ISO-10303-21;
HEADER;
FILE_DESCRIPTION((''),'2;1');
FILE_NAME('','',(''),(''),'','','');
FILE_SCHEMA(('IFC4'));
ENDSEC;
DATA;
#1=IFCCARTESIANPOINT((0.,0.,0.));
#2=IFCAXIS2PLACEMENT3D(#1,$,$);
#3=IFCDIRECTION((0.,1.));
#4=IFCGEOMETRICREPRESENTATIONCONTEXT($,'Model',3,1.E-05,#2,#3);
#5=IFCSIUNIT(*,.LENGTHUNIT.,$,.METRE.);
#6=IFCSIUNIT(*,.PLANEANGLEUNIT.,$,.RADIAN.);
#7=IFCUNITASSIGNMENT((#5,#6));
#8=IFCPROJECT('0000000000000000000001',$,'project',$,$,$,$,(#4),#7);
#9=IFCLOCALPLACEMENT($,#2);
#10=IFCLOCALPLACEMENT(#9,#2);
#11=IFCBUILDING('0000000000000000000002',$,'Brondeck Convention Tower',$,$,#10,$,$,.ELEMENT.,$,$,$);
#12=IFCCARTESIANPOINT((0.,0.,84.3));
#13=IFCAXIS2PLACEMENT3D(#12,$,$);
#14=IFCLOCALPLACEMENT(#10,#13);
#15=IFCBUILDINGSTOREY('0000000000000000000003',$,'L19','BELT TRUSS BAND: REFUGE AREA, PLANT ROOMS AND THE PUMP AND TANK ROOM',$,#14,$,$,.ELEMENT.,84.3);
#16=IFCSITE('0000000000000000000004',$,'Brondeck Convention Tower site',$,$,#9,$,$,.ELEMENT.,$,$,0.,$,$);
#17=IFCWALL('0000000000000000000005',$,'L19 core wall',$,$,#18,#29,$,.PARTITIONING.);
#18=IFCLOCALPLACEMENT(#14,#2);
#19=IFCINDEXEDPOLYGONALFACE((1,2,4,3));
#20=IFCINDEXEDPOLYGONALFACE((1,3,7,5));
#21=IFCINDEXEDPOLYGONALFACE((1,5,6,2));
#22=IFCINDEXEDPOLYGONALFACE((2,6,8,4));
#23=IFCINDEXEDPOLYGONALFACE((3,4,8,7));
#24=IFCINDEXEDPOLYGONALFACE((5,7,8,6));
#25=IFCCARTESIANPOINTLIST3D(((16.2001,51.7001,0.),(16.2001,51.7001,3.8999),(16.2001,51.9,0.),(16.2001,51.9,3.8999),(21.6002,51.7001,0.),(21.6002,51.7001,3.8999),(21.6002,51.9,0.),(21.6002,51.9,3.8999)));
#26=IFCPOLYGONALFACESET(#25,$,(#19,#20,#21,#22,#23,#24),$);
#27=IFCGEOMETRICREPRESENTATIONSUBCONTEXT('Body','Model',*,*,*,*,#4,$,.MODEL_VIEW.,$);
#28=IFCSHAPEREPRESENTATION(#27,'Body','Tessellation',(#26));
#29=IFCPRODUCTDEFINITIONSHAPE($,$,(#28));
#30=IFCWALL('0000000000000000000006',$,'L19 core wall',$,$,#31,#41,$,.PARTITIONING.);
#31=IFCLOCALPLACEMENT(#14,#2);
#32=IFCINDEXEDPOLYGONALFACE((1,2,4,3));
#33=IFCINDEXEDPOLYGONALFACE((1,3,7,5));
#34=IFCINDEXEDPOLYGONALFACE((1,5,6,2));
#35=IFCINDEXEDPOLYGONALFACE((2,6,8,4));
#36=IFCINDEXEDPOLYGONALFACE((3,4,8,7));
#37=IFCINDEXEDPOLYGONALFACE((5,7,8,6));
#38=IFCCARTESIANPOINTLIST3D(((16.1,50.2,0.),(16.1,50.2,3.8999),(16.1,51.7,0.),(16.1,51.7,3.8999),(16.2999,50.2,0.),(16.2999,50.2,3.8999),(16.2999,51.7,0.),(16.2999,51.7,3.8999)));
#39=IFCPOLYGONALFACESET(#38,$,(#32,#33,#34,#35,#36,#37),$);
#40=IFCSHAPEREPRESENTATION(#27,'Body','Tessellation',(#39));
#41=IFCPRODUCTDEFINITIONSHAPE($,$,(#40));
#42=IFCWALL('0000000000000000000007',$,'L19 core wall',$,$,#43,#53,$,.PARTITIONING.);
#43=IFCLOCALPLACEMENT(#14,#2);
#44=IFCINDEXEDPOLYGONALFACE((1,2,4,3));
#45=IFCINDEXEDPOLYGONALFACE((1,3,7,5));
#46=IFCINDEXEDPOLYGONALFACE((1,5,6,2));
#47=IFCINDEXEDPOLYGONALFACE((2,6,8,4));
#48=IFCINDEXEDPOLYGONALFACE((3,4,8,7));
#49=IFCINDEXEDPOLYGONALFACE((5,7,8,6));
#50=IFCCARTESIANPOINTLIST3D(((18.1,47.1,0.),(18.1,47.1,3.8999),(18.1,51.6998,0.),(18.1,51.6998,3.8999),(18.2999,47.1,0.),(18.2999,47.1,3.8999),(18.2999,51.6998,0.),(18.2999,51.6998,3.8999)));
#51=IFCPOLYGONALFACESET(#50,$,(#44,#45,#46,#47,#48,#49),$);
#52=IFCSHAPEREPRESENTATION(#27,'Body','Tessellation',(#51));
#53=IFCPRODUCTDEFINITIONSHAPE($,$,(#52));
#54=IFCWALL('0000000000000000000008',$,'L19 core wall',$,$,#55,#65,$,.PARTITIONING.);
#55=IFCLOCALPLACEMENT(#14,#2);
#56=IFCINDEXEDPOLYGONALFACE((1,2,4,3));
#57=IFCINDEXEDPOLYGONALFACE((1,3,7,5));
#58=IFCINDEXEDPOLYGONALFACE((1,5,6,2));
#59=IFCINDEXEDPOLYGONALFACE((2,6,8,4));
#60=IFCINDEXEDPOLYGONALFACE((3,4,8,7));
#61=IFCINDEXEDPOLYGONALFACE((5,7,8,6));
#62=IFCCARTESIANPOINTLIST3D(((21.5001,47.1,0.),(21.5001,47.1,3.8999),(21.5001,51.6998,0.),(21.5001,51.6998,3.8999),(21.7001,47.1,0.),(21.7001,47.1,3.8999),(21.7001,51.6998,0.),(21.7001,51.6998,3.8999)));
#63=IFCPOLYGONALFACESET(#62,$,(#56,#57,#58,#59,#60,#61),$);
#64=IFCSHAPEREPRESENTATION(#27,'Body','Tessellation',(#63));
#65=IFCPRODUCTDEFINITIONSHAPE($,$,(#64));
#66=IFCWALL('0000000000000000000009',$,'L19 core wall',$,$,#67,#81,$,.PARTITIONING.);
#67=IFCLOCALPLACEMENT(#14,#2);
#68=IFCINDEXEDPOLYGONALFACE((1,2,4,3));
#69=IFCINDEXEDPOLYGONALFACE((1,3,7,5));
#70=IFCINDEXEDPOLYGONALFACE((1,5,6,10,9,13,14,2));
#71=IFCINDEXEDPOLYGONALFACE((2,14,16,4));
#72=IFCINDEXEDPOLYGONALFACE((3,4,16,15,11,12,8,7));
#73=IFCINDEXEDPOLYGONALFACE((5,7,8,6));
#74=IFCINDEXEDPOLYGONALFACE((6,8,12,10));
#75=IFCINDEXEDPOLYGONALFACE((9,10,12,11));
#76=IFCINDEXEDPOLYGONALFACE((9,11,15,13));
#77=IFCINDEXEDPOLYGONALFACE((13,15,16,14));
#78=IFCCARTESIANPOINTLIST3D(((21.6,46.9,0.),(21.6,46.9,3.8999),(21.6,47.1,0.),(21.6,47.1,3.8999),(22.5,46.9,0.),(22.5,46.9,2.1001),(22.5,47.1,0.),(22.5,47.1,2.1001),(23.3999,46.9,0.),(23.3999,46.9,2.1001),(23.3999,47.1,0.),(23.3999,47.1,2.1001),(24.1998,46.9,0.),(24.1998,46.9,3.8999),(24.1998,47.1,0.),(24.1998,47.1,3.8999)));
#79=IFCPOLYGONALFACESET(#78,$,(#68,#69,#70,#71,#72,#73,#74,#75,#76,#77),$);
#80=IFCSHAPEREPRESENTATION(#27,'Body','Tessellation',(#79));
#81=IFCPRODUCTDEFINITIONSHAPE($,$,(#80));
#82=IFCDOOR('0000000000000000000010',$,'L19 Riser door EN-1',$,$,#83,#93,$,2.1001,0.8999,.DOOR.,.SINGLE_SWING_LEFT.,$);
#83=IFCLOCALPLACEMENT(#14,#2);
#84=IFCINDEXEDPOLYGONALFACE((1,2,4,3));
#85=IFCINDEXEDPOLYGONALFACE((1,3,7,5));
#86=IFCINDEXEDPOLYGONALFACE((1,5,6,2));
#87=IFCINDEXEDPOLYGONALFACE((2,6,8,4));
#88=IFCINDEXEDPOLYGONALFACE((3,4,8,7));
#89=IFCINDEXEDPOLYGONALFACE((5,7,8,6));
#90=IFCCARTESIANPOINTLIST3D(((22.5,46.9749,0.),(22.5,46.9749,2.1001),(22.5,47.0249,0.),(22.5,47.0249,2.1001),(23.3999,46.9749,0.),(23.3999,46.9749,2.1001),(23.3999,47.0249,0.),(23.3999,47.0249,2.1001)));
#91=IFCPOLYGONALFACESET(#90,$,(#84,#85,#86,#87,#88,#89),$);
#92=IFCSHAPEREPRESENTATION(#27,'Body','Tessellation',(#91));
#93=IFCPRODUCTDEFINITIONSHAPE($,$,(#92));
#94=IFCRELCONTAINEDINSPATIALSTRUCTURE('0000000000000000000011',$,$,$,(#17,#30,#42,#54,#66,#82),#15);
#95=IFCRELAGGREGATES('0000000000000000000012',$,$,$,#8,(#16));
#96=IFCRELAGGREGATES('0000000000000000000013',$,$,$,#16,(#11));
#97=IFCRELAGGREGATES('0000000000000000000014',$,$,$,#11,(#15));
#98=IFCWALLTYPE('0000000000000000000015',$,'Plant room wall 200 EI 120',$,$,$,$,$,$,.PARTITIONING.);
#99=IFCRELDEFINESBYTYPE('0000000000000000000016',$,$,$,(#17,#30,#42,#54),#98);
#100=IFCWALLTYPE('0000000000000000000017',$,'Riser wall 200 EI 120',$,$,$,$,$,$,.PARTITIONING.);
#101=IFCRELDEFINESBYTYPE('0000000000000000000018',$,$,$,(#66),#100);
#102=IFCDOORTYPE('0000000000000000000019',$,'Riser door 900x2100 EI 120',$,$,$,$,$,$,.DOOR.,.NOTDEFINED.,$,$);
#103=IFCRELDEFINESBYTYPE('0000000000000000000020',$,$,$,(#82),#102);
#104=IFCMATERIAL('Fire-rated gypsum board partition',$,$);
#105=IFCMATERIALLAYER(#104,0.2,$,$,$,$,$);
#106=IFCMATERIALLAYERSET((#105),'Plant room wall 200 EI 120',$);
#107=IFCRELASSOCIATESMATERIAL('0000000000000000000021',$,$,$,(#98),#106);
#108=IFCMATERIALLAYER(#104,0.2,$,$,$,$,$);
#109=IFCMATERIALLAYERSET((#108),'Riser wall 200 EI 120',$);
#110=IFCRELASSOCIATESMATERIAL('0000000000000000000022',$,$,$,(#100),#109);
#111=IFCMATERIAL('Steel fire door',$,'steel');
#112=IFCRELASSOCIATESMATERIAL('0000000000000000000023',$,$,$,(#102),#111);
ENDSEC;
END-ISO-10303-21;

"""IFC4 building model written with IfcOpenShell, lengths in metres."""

from ifc_helpers import new_model, si_unit, direction, frame, frame_2d, origin, place, context, subcontext, project, spatial, rectangle, extrude, material, layer, layer_set, type_object, element, fill, save


model = new_model("IFC4")

# Units and contexts
model_context = context("Model", 3, precision=1e-05, world=origin(), true_north=direction((0.0, 1.0)))
body_context = subcontext(model_context, "Body", "Model", "MODEL_VIEW")
ifc_project = project(units=[si_unit("LENGTHUNIT", "METRE"), si_unit("PLANEANGLEUNIT", "RADIAN")], contexts=[model_context])

# Site, building, storey
site_placement = place(None, origin())
site = spatial("IfcSite", under=ifc_project, at=site_placement, Name="Brondeck Convention Tower site", CompositionType="ELEMENT", RefElevation=0.0)
building_placement = place(site_placement, origin())
building = spatial("IfcBuilding", under=site, at=building_placement, Name="Brondeck Convention Tower", CompositionType="ELEMENT")
storey_placement = place(building_placement, frame((0.0, 0.0, 84.3)))
storey = spatial("IfcBuildingStorey", under=building, at=storey_placement, Name="L19", Description="BELT TRUSS BAND: REFUGE AREA, PLANT ROOMS AND THE PUMP AND TANK ROOM", CompositionType="ELEMENT", Elevation=84.3)

# Shared definitions
ifc_material_1 = material(Name="Fire-rated gypsum board partition")
ifc_layer_1 = layer(ifc_material_1, 0.2)
ifc_layer_set_1 = layer_set([ifc_layer_1], Name="Plant room wall 200 EI 120")
wall_type_1 = type_object("IfcWallType", Name="Plant room wall 200 EI 120", PredefinedType="PARTITIONING", material=ifc_layer_set_1)
ifc_material_2 = material(Name="Steel fire door", Category="steel")

# Walls
wall_1_placement = place(storey_placement, frame((16.2, 51.8, 0.0), z_axis=(0.0, 0.0, 1.0), x_axis=(1.0, 0.0, 0.0)))
element("IfcWall", 1, at=wall_1_placement, inside=storey, type_object=wall_type_1, Name="L19 core wall", PredefinedType="PARTITIONING", context=body_context, shape_type="SweptSolid", body=[
    extrude(rectangle(XDim=5.4001, YDim=0.2, at=frame_2d((2.7002, 0.0))), origin(), (0.0, 0.0, 1.0), 3.8999),
])
wall_2_placement = place(storey_placement, frame((16.2, 50.2, 0.0), z_axis=(0.0, 0.0, 1.0), x_axis=(0.0, 1.0, 0.0)))
element("IfcWall", 2, at=wall_2_placement, inside=storey, type_object=wall_type_1, Name="L19 core wall", PredefinedType="PARTITIONING", context=body_context, shape_type="SweptSolid", body=[
    extrude(rectangle(XDim=1.5, YDim=0.2, at=frame_2d((0.75, 0.0))), origin(), (0.0, 0.0, 1.0), 3.8999),
])
for number, where, z_axis, x_axis, name in (
    (3, (18.2, 47.1001, 0.0), (0.0, 0.0, 1.0), (0.0, 1.0, 0.0), "L19 core wall"),
    (4, (21.6001, 47.1001, 0.0), (0.0, 0.0, 1.0), (0.0, 1.0, 0.0), "L19 core wall"),
):
    element("IfcWall", number, at=place(storey_placement, frame(where, z_axis=z_axis, x_axis=x_axis)), inside=storey, type_object=wall_type_1, Name=name, PredefinedType="PARTITIONING", context=body_context, shape_type="SweptSolid", body=[
        extrude(rectangle(XDim=4.5999, YDim=0.2, at=frame_2d((2.2998, 0.0))), origin(), (0.0, 0.0, 1.0), 3.8999),
    ])

# Wall, opening, door
ifc_layer_2 = layer(ifc_material_1, 0.2)
ifc_layer_set_2 = layer_set([ifc_layer_2], Name="Riser wall 200 EI 120")
wall_type_2 = type_object("IfcWallType", Name="Riser wall 200 EI 120", PredefinedType="PARTITIONING", material=ifc_layer_set_2)
wall_3_placement = place(storey_placement, frame((21.6001, 47.0, 0.0), z_axis=(0.0, 0.0, 1.0), x_axis=(1.0, 0.0, 0.0)))
wall_3 = element("IfcWall", 5, at=wall_3_placement, inside=storey, type_object=wall_type_2, Name="L19 core wall", PredefinedType="PARTITIONING", context=body_context, shape_type="SweptSolid", body=[
    extrude(rectangle(XDim=2.5999, YDim=0.2, at=frame_2d((1.2998, 0.0))), origin(), (0.0, 0.0, 1.0), 3.8999),
])
opening_1_placement = place(wall_3_placement, frame((0.8999, 0.0, 0.0)))
opening_1 = element("IfcOpeningElement", 6, at=opening_1_placement, cuts=wall_3, PredefinedType="OPENING", context=body_context, shape_type="SweptSolid", body=[
    extrude(rectangle(XDim=0.8999, YDim=2.1001, at=frame_2d((0.45, 1.05))), frame((0.0, 0.1099, 0.0), z_axis=(0.0, -1.0, 0.0), x_axis=(1.0, 0.0, 0.0)), (0.0, 0.0, 1.0), 0.22),
])
door_type_1 = type_object("IfcDoorType", Name="Riser door 900x2100 EI 120", OperationType="NOTDEFINED", PredefinedType="DOOR", material=ifc_material_2)
door_1_placement = place(opening_1_placement, origin())
door_1 = element("IfcDoor", 7, at=door_1_placement, inside=storey, type_object=door_type_1, Name="L19 Riser door EN-1", OperationType="SINGLE_SWING_LEFT", OverallHeight=2.1001, OverallWidth=0.8999, PredefinedType="DOOR", context=body_context, shape_type="SweptSolid", body=[
    extrude(rectangle(XDim=0.8999, YDim=2.1001, at=frame_2d((0.45, 1.05))), frame((0.0, 0.0249, 0.0), z_axis=(0.0, -1.0, 0.0), x_axis=(1.0, 0.0, 0.0)), (0.0, 0.0, 1.0), 0.05),
])
fill(opening_1, door_1)

save(model, "model.ifc")
